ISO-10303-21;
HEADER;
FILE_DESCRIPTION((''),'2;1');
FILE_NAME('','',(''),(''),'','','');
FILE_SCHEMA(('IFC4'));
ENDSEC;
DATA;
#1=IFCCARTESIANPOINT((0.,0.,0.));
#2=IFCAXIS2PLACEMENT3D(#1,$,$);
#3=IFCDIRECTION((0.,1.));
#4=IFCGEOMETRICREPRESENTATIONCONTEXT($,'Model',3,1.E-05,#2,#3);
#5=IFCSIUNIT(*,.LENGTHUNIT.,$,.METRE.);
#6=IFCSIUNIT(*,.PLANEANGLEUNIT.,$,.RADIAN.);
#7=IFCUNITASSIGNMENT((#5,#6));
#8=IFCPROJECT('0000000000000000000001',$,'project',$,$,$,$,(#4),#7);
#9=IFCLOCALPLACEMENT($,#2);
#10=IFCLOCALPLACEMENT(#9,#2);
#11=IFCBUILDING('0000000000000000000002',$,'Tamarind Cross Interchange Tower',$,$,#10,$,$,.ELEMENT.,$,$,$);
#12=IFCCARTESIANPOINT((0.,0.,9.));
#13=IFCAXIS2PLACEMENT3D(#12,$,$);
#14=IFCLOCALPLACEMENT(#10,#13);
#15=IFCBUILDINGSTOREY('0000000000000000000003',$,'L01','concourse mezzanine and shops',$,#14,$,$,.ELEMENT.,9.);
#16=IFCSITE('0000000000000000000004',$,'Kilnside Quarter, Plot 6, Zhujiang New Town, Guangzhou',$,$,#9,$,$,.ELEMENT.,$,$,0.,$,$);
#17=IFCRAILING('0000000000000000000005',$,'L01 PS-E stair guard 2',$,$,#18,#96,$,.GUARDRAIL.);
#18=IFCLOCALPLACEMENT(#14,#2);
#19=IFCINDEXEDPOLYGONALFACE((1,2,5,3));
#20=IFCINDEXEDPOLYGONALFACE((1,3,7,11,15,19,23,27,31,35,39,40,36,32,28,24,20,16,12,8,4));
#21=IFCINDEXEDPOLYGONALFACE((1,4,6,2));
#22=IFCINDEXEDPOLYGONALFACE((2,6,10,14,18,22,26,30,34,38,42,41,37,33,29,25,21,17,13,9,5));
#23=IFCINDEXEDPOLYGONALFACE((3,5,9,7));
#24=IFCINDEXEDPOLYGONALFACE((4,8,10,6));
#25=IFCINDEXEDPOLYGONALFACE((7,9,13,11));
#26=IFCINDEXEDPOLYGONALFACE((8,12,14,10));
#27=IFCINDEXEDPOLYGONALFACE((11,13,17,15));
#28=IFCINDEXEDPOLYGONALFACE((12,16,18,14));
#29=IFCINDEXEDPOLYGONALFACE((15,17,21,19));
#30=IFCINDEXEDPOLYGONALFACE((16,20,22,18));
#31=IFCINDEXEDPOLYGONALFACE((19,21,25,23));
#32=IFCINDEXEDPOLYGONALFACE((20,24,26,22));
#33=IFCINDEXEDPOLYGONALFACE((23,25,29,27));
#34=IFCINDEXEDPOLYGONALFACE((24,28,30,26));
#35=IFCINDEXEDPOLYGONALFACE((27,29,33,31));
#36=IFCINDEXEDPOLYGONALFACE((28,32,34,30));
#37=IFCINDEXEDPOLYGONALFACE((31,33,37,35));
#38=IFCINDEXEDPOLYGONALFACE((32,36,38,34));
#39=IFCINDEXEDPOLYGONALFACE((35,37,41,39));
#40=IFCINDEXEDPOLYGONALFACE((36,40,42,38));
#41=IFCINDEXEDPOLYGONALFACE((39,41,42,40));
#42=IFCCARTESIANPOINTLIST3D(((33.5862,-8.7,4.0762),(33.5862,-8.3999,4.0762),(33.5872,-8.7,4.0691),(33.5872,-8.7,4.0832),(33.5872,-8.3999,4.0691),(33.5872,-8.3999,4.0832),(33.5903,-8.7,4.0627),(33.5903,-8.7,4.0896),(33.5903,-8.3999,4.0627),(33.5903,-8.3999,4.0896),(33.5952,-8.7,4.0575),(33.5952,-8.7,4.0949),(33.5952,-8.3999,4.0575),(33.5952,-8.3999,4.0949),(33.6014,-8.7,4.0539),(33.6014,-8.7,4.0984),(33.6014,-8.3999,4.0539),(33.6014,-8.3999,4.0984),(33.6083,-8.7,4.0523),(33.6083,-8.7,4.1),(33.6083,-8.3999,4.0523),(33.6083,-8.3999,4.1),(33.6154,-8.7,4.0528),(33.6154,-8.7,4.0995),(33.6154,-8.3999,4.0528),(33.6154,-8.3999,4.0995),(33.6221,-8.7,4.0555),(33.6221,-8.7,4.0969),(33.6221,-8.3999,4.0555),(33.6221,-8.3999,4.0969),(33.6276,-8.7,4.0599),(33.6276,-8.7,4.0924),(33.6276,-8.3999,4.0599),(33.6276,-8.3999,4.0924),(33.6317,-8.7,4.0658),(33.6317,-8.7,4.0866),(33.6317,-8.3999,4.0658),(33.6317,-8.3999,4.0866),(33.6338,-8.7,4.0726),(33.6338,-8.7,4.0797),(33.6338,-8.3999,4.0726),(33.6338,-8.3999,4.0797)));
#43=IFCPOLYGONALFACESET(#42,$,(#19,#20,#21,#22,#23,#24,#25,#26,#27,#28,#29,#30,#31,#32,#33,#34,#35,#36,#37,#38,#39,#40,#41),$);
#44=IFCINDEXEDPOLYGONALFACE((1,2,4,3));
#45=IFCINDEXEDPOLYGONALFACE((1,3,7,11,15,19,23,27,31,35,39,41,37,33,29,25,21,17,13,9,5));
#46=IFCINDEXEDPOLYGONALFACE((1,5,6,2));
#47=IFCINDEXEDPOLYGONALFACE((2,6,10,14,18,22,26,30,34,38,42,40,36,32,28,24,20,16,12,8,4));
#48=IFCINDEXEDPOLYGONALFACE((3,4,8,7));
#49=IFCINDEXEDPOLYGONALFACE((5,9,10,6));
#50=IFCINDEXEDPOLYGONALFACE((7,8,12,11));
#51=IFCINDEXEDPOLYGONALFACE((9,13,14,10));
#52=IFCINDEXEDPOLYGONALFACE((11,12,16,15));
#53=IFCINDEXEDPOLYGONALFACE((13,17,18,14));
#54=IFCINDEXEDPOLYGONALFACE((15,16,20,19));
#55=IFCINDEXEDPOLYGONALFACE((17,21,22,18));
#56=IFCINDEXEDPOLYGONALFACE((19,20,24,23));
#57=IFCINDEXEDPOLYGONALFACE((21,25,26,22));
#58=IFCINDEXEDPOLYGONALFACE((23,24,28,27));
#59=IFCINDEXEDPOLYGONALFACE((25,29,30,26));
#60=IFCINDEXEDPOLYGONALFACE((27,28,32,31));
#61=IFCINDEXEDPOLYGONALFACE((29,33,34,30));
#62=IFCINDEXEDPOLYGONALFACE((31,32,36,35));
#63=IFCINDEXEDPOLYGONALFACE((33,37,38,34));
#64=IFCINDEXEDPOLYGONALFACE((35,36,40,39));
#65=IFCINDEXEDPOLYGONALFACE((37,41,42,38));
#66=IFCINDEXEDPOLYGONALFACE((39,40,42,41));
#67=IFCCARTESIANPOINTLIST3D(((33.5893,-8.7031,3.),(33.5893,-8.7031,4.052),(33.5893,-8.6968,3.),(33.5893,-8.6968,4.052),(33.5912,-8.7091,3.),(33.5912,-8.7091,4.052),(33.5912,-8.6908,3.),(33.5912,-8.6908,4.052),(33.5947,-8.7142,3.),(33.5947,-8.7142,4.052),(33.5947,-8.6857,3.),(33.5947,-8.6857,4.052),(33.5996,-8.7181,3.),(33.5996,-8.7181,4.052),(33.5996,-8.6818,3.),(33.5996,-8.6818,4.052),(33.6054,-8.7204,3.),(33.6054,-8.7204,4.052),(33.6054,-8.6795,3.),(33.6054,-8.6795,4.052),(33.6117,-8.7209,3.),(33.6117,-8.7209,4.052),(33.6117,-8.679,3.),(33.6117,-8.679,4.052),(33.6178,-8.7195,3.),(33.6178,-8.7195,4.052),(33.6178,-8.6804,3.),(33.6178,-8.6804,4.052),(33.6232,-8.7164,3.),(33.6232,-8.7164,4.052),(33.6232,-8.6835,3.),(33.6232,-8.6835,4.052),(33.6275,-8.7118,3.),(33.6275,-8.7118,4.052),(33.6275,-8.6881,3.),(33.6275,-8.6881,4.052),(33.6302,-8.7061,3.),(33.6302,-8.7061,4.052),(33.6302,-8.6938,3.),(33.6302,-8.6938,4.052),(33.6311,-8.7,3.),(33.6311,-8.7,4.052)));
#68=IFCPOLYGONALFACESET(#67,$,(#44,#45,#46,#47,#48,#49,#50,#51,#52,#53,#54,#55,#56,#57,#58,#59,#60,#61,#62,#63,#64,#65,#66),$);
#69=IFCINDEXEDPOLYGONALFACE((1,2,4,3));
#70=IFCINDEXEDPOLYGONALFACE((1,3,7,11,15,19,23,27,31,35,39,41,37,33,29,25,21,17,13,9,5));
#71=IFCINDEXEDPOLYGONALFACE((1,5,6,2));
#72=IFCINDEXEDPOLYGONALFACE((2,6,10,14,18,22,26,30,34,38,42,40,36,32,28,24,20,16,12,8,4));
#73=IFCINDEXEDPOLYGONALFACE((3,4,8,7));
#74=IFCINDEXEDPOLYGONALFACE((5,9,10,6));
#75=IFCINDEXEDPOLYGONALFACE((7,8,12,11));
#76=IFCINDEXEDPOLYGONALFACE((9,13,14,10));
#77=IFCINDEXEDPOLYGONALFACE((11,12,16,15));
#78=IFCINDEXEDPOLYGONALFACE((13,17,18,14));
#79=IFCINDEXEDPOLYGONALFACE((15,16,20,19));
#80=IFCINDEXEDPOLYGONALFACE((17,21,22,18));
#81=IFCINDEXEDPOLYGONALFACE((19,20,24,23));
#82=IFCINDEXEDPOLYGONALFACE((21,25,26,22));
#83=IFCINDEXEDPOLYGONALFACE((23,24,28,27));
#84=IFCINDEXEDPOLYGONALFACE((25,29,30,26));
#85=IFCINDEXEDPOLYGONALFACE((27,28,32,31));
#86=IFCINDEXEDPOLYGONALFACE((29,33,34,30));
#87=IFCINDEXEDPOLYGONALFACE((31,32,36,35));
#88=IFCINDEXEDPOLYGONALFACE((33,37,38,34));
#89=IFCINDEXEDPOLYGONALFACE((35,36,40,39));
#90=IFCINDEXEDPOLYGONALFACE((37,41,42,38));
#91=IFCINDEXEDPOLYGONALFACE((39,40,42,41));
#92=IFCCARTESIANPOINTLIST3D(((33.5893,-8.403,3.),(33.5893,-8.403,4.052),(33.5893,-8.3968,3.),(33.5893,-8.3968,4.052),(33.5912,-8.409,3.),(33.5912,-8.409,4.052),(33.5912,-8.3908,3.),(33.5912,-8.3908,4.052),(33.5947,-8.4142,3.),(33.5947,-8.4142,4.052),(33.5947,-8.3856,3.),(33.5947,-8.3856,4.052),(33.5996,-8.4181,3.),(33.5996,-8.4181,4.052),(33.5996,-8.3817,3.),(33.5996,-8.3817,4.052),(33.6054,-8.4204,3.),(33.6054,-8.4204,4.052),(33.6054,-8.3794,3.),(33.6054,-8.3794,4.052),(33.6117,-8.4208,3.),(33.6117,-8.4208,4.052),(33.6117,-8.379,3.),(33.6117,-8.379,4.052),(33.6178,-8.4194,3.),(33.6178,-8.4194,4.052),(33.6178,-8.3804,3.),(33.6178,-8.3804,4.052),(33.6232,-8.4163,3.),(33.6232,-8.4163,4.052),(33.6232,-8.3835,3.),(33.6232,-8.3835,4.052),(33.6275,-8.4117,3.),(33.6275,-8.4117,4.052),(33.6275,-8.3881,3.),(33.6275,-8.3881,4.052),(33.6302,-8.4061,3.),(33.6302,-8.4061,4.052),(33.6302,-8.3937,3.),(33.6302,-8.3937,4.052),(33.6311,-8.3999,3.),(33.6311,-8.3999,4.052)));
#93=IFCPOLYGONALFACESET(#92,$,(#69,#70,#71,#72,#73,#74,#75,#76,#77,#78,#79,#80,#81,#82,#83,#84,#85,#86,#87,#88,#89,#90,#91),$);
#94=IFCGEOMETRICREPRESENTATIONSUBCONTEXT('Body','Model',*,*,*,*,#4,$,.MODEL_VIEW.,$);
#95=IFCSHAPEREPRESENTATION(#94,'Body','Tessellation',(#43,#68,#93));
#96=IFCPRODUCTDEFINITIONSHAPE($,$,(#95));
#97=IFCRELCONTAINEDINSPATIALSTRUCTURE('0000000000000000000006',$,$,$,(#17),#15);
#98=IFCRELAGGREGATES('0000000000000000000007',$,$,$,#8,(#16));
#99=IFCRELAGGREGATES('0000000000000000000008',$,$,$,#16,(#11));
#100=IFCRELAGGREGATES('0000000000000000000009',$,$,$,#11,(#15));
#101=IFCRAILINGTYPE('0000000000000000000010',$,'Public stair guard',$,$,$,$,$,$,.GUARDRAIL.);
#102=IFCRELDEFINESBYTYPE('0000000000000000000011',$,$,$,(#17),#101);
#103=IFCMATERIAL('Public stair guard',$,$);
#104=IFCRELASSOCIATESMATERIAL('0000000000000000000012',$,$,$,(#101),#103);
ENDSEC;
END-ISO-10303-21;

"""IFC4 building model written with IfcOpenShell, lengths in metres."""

from ifc_helpers import new_model, si_unit, direction, frame, origin, origin_2d, place, context, subcontext, project, spatial, circle, extrude, material, type_object, element, save


model = new_model("IFC4")

# Units and contexts
model_context = context("Model", 3, precision=1e-05, world=origin(), true_north=direction((0.0, 1.0)))
body_context = subcontext(model_context, "Body", "Model", "MODEL_VIEW")
ifc_project = project(units=[si_unit("LENGTHUNIT", "METRE"), si_unit("PLANEANGLEUNIT", "RADIAN")], contexts=[model_context])

# Site, building, storey
site_placement = place(None, origin())
site = spatial("IfcSite", under=ifc_project, at=site_placement, Name="Kilnside Quarter, Plot 6, Zhujiang New Town, Guangzhou", CompositionType="ELEMENT", RefElevation=0.0)
building_placement = place(site_placement, origin())
building = spatial("IfcBuilding", under=site, at=building_placement, Name="Tamarind Cross Interchange Tower", CompositionType="ELEMENT")
storey_placement = place(building_placement, frame((0.0, 0.0, 9.0)))
storey = spatial("IfcBuildingStorey", under=building, at=storey_placement, Name="L01", Description="concourse mezzanine and shops", CompositionType="ELEMENT", Elevation=9.0)

# Railing
ifc_material_1 = material(Name="Public stair guard")
railing_type_1 = type_object("IfcRailingType", Name="Public stair guard", PredefinedType="GUARDRAIL", material=ifc_material_1)
railing_1_placement = place(storey_placement, frame((33.6101, -8.7, 3.0)))
element("IfcRailing", 1, at=railing_1_placement, inside=storey, type_object=railing_type_1, Name="L01 PS-E stair guard 2", PredefinedType="GUARDRAIL", context=body_context, shape_type="SweptSolid", body=[
    extrude(circle(Radius=0.0239, at=origin_2d()), frame((0.0, 0.0, 1.0762), z_axis=(0.0, 1.0, 0.0), x_axis=(-1.0, 0.0, 0.0)), (0.0, 0.0, 1.0), 0.3),
    extrude(circle(Radius=0.021, at=origin_2d()), origin(), (0.0, 0.0, 1.0), 1.052),
    extrude(circle(Radius=0.021, at=origin_2d()), frame((0.0, 0.3, 0.0)), (0.0, 0.0, 1.0), 1.052),
])

save(model, "model.ifc")
